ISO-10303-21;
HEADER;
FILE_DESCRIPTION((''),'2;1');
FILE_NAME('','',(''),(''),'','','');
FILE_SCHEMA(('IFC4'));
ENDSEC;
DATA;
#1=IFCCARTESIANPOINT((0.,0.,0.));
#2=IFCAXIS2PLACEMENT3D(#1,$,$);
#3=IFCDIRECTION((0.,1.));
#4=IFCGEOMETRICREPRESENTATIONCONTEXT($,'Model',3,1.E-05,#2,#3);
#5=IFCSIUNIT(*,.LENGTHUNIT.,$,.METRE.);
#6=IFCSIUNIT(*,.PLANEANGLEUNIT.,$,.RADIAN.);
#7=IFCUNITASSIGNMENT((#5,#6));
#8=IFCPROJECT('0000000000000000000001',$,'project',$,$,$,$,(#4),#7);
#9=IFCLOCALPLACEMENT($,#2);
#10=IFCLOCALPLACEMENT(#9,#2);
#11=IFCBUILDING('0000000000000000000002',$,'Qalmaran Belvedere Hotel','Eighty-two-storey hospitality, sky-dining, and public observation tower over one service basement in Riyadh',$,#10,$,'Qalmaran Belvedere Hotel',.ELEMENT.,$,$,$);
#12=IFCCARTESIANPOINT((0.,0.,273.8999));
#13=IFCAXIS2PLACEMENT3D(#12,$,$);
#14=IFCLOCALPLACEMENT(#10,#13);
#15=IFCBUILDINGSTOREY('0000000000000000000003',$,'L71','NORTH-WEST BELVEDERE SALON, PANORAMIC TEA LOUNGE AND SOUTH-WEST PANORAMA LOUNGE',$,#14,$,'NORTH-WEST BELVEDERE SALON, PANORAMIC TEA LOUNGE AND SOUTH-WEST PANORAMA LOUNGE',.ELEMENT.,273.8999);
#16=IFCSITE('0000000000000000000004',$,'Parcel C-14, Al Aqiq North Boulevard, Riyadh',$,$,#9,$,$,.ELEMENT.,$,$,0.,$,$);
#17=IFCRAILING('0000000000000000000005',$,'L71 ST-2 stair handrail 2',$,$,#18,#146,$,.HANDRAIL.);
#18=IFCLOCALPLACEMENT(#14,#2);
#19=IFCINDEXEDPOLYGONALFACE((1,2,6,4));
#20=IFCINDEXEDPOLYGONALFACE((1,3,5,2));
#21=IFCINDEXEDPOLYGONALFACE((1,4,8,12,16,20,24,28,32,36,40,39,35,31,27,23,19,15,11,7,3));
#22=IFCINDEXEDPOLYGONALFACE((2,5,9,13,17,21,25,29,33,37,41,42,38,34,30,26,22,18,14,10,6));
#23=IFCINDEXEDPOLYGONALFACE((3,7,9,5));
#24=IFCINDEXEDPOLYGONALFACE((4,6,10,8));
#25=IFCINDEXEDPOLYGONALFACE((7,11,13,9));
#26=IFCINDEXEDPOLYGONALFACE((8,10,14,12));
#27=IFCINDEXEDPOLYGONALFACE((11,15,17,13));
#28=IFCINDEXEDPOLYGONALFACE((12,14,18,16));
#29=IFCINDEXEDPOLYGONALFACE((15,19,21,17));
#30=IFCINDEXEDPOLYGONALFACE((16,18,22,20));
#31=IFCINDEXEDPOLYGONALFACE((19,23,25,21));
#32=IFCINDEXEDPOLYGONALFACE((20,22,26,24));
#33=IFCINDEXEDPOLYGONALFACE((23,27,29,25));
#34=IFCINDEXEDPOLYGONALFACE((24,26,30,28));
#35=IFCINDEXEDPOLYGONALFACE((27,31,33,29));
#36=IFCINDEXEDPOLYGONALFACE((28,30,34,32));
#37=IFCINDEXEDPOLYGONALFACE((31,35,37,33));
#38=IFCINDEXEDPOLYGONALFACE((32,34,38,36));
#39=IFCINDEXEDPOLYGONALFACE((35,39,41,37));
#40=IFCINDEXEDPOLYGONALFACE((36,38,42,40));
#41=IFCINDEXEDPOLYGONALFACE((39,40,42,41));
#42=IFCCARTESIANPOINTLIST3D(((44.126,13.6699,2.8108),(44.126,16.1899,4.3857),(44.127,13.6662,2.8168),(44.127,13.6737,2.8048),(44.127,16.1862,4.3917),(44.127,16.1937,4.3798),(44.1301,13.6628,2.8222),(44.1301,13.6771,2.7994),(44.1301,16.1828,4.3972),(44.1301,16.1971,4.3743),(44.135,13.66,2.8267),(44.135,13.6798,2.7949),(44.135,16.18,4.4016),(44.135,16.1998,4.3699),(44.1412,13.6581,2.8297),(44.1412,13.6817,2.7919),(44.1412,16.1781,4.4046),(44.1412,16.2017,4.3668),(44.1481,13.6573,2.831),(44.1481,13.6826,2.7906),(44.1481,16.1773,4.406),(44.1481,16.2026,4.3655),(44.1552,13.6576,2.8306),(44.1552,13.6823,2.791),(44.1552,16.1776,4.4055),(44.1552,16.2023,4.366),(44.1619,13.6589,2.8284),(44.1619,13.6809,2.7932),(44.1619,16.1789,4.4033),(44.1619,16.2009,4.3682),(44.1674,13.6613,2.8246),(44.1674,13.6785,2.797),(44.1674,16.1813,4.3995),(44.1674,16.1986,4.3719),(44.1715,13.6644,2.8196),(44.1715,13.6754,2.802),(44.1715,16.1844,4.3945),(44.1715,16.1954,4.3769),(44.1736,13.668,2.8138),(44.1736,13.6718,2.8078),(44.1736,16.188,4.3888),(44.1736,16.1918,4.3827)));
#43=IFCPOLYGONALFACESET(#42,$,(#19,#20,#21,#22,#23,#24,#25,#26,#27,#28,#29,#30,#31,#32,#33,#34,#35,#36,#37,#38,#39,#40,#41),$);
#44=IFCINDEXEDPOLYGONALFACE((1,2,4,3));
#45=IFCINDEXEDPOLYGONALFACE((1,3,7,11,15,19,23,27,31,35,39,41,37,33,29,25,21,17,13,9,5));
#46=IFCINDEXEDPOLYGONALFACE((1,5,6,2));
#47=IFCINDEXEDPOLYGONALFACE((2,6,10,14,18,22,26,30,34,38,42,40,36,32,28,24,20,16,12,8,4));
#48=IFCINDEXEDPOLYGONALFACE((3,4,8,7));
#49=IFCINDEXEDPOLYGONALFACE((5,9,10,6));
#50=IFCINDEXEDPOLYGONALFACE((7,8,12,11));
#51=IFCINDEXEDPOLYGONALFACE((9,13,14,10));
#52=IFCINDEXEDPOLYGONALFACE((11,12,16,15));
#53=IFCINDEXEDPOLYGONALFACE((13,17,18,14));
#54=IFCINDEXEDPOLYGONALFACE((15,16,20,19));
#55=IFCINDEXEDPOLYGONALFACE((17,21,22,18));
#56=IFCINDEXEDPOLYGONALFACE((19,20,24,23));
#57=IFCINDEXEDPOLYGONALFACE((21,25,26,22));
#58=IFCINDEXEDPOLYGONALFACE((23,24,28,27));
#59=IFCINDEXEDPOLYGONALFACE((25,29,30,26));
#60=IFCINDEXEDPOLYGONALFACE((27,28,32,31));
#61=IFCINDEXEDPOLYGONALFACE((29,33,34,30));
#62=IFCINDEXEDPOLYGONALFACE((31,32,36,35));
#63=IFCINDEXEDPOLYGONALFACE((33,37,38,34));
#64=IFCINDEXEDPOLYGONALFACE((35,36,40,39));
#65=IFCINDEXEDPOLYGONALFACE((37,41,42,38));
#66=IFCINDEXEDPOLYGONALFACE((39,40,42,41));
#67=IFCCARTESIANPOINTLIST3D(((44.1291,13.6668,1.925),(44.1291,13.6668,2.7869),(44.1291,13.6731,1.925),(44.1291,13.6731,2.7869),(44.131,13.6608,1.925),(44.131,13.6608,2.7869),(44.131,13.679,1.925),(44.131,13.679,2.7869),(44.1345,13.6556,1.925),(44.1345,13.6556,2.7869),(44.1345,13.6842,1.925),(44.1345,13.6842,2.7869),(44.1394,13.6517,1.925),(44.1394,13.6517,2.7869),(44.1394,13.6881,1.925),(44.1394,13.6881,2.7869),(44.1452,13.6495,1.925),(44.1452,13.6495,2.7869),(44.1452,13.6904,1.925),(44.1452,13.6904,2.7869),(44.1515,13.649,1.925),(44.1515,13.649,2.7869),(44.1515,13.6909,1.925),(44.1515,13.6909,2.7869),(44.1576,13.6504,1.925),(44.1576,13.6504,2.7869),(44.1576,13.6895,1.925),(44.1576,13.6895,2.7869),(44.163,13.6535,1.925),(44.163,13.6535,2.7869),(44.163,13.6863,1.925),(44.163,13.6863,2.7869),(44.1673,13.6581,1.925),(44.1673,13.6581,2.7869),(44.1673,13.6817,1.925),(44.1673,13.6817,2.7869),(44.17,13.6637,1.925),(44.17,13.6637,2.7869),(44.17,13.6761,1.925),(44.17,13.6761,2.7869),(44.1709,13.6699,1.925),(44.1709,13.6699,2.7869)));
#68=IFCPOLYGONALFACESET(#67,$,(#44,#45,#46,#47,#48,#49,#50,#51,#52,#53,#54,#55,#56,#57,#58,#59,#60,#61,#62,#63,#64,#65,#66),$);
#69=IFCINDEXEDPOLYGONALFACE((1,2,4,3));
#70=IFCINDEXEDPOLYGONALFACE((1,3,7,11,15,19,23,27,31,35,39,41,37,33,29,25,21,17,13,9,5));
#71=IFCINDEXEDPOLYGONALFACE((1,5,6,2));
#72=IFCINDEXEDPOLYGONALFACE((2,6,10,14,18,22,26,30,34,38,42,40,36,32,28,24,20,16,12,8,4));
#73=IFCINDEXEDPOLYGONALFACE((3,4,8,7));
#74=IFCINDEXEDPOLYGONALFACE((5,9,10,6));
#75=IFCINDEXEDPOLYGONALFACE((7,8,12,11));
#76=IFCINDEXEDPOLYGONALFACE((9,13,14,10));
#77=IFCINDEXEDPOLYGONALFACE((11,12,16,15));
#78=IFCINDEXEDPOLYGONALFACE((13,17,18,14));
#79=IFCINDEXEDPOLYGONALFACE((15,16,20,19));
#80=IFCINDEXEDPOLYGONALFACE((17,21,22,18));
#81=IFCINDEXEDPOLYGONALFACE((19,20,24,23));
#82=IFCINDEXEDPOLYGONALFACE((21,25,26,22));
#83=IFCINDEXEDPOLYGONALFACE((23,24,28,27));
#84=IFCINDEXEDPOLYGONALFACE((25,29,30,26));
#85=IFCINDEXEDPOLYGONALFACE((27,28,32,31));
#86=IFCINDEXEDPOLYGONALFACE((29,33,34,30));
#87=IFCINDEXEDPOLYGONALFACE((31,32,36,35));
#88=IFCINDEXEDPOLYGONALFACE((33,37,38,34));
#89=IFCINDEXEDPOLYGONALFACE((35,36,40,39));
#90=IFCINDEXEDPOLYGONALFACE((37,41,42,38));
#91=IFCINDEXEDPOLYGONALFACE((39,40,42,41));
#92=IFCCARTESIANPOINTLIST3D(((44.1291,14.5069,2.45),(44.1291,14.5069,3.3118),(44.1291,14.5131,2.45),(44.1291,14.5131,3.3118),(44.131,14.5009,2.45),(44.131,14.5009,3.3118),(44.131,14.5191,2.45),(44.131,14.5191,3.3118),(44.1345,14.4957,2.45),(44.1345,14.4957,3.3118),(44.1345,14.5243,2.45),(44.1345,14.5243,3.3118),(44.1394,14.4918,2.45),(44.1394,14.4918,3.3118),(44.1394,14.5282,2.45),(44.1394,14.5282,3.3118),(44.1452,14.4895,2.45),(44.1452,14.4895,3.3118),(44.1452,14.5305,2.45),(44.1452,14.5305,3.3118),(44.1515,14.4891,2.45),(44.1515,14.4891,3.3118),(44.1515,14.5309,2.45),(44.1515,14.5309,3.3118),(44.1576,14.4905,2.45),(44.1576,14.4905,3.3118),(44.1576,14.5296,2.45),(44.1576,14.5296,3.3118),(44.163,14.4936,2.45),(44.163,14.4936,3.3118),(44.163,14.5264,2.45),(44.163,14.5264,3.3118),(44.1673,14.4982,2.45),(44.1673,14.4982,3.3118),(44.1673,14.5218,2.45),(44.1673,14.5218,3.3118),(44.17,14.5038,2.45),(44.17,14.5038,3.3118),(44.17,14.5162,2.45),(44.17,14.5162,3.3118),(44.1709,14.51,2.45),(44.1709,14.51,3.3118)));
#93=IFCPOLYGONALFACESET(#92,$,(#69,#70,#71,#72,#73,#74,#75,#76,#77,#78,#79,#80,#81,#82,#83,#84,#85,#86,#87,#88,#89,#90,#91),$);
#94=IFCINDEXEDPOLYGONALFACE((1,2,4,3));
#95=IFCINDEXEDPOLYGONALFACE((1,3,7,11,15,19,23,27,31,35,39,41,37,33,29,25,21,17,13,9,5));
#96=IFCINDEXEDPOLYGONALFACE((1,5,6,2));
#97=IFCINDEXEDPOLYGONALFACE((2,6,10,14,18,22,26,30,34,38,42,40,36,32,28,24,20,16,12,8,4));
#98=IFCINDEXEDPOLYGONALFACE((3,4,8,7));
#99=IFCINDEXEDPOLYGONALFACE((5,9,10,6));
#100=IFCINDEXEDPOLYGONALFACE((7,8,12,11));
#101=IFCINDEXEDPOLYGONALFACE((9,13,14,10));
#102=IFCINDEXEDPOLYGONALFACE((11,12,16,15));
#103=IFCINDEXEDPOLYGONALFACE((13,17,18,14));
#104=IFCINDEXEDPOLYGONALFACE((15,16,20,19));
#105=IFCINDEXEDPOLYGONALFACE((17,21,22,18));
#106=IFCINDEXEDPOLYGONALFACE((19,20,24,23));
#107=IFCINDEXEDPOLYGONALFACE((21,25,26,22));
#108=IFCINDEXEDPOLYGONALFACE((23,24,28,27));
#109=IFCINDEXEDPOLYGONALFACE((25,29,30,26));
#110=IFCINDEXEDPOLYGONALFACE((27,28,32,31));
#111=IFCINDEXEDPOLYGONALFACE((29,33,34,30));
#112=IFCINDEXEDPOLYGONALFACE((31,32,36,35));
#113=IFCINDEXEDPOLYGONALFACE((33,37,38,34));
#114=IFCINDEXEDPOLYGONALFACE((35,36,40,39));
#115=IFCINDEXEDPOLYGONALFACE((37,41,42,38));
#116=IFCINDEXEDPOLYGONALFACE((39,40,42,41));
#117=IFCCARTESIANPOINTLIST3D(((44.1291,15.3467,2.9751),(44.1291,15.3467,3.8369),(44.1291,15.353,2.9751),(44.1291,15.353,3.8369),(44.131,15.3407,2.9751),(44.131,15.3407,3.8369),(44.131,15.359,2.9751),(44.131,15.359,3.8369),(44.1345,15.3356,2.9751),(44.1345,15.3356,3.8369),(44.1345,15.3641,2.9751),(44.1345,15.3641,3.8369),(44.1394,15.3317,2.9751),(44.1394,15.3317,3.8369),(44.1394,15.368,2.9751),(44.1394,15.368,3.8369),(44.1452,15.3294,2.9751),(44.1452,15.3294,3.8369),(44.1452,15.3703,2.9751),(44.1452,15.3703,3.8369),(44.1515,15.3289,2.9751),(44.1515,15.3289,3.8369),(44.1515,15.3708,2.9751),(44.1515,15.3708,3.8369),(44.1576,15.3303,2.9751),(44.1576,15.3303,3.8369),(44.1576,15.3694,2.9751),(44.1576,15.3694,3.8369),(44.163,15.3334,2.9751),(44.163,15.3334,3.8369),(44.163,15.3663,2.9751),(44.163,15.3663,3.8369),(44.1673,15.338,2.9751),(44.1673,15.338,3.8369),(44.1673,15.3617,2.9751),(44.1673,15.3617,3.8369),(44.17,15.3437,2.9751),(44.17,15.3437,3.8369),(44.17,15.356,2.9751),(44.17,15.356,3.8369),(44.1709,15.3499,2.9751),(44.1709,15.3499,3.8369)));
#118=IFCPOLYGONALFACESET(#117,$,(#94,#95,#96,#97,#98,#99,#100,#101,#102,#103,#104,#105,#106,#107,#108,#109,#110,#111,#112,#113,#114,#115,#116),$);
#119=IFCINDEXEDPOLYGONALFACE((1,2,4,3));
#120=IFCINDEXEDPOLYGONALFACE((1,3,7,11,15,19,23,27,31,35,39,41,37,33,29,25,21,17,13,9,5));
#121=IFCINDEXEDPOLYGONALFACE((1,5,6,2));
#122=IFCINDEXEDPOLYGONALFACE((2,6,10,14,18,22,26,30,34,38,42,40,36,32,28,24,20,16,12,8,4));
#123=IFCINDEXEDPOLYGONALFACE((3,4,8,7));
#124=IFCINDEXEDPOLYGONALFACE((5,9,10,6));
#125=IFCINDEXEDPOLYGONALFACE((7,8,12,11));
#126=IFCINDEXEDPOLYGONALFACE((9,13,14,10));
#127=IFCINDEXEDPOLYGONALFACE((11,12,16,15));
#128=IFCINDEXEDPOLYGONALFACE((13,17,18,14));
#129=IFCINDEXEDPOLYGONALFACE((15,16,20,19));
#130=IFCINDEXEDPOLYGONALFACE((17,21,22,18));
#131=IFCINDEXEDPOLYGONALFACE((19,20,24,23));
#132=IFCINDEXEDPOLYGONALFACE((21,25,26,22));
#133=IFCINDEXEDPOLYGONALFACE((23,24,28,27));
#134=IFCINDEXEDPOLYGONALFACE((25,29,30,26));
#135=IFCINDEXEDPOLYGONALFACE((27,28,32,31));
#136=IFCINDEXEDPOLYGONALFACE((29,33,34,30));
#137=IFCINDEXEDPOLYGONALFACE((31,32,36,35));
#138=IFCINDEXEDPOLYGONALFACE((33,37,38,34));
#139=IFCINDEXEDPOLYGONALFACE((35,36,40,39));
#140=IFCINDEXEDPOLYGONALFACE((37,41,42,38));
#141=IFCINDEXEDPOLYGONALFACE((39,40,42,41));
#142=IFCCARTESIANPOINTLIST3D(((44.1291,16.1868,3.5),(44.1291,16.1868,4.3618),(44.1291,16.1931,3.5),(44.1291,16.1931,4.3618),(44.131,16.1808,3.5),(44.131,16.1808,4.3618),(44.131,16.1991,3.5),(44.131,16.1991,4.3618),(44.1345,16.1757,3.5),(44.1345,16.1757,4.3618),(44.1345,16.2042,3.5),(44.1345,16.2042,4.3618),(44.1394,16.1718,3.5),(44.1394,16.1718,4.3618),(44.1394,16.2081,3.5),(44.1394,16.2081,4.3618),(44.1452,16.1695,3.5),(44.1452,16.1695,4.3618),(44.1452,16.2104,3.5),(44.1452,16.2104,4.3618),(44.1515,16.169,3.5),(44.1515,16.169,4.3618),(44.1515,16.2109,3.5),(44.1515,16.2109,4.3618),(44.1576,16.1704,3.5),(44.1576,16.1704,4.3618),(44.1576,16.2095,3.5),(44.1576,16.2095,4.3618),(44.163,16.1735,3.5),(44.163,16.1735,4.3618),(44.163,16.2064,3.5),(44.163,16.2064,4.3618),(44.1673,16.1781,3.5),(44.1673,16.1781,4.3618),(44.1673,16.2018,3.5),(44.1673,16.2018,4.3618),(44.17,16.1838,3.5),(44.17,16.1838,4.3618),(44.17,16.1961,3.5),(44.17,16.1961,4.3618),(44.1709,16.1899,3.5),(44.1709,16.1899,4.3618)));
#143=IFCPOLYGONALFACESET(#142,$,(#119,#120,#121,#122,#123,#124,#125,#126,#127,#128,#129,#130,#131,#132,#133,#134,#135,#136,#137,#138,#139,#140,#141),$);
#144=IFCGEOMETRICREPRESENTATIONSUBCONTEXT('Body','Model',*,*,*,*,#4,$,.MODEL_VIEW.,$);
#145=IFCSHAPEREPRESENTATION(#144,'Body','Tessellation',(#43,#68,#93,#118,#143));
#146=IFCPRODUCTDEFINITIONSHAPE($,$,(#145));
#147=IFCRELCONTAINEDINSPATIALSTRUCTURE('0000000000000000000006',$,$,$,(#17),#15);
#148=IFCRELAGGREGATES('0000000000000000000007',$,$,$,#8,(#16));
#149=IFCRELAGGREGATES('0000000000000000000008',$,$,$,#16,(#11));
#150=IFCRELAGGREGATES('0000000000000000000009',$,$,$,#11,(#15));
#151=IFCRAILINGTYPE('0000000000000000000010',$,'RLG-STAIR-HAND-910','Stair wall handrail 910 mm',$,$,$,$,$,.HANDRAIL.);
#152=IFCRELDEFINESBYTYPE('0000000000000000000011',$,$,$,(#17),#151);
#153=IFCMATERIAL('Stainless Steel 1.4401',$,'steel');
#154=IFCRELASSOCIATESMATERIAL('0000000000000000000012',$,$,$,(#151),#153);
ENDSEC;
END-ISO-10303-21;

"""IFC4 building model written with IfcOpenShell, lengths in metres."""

from ifc_helpers import new_model, si_unit, direction, frame, origin, origin_2d, place, context, subcontext, project, spatial, circle, extrude, material, type_object, element, save


model = new_model("IFC4")

# Units and contexts
model_context = context("Model", 3, precision=1e-05, world=origin(), true_north=direction((0.0, 1.0)))
body_context = subcontext(model_context, "Body", "Model", "MODEL_VIEW")
ifc_project = project(units=[si_unit("LENGTHUNIT", "METRE"), si_unit("PLANEANGLEUNIT", "RADIAN")], contexts=[model_context])

# Site, building, storey
site_placement = place(None, origin())
site = spatial("IfcSite", under=ifc_project, at=site_placement, Name="Parcel C-14, Al Aqiq North Boulevard, Riyadh", CompositionType="ELEMENT", RefElevation=0.0)
building_placement = place(site_placement, origin())
building = spatial("IfcBuilding", under=site, at=building_placement, Name="Qalmaran Belvedere Hotel", Description="Eighty-two-storey hospitality, sky-dining, and public observation tower over one service basement in Riyadh", LongName="Qalmaran Belvedere Hotel", CompositionType="ELEMENT")
storey_placement = place(building_placement, frame((0.0, 0.0, 273.8999)))
storey = spatial("IfcBuildingStorey", under=building, at=storey_placement, Name="L71", Description="NORTH-WEST BELVEDERE SALON, PANORAMIC TEA LOUNGE AND SOUTH-WEST PANORAMA LOUNGE", LongName="NORTH-WEST BELVEDERE SALON, PANORAMIC TEA LOUNGE AND SOUTH-WEST PANORAMA LOUNGE", CompositionType="ELEMENT", Elevation=273.8999)

# Railing
ifc_material_1 = material(Name="Stainless Steel 1.4401", Category="steel")
railing_type_1 = type_object("IfcRailingType", Name="RLG-STAIR-HAND-910", Description="Stair wall handrail 910 mm", PredefinedType="HANDRAIL", material=ifc_material_1)
railing_1_placement = place(storey_placement, frame((44.1499, 13.6699, 1.925)))
element("IfcRailing", 1, at=railing_1_placement, inside=storey, type_object=railing_type_1, Name="L71 ST-2 stair handrail 2", PredefinedType="HANDRAIL", context=body_context, shape_type="SweptSolid", body=[
    extrude(circle(Radius=0.0239, at=origin_2d()), frame((0.0, 0.0, 0.8857), z_axis=(0.0, 0.848008, 0.529984), x_axis=(-1.0, 0.0, 0.0)), (0.0, 0.0, 1.0), 2.9717),
    extrude(circle(Radius=0.021, at=origin_2d()), origin(), (0.0, 0.0, 1.0), 0.8618),
    extrude(circle(Radius=0.021, at=origin_2d()), frame((0.0, 0.8401, 0.5249)), (0.0, 0.0, 1.0), 0.8618),
    extrude(circle(Radius=0.021, at=origin_2d()), frame((0.0, 1.6799, 1.05)), (0.0, 0.0, 1.0), 0.8618),
    extrude(circle(Radius=0.021, at=origin_2d()), frame((0.0, 2.52, 1.575)), (0.0, 0.0, 1.0), 0.8618),
])

save(model, "model.ifc")
